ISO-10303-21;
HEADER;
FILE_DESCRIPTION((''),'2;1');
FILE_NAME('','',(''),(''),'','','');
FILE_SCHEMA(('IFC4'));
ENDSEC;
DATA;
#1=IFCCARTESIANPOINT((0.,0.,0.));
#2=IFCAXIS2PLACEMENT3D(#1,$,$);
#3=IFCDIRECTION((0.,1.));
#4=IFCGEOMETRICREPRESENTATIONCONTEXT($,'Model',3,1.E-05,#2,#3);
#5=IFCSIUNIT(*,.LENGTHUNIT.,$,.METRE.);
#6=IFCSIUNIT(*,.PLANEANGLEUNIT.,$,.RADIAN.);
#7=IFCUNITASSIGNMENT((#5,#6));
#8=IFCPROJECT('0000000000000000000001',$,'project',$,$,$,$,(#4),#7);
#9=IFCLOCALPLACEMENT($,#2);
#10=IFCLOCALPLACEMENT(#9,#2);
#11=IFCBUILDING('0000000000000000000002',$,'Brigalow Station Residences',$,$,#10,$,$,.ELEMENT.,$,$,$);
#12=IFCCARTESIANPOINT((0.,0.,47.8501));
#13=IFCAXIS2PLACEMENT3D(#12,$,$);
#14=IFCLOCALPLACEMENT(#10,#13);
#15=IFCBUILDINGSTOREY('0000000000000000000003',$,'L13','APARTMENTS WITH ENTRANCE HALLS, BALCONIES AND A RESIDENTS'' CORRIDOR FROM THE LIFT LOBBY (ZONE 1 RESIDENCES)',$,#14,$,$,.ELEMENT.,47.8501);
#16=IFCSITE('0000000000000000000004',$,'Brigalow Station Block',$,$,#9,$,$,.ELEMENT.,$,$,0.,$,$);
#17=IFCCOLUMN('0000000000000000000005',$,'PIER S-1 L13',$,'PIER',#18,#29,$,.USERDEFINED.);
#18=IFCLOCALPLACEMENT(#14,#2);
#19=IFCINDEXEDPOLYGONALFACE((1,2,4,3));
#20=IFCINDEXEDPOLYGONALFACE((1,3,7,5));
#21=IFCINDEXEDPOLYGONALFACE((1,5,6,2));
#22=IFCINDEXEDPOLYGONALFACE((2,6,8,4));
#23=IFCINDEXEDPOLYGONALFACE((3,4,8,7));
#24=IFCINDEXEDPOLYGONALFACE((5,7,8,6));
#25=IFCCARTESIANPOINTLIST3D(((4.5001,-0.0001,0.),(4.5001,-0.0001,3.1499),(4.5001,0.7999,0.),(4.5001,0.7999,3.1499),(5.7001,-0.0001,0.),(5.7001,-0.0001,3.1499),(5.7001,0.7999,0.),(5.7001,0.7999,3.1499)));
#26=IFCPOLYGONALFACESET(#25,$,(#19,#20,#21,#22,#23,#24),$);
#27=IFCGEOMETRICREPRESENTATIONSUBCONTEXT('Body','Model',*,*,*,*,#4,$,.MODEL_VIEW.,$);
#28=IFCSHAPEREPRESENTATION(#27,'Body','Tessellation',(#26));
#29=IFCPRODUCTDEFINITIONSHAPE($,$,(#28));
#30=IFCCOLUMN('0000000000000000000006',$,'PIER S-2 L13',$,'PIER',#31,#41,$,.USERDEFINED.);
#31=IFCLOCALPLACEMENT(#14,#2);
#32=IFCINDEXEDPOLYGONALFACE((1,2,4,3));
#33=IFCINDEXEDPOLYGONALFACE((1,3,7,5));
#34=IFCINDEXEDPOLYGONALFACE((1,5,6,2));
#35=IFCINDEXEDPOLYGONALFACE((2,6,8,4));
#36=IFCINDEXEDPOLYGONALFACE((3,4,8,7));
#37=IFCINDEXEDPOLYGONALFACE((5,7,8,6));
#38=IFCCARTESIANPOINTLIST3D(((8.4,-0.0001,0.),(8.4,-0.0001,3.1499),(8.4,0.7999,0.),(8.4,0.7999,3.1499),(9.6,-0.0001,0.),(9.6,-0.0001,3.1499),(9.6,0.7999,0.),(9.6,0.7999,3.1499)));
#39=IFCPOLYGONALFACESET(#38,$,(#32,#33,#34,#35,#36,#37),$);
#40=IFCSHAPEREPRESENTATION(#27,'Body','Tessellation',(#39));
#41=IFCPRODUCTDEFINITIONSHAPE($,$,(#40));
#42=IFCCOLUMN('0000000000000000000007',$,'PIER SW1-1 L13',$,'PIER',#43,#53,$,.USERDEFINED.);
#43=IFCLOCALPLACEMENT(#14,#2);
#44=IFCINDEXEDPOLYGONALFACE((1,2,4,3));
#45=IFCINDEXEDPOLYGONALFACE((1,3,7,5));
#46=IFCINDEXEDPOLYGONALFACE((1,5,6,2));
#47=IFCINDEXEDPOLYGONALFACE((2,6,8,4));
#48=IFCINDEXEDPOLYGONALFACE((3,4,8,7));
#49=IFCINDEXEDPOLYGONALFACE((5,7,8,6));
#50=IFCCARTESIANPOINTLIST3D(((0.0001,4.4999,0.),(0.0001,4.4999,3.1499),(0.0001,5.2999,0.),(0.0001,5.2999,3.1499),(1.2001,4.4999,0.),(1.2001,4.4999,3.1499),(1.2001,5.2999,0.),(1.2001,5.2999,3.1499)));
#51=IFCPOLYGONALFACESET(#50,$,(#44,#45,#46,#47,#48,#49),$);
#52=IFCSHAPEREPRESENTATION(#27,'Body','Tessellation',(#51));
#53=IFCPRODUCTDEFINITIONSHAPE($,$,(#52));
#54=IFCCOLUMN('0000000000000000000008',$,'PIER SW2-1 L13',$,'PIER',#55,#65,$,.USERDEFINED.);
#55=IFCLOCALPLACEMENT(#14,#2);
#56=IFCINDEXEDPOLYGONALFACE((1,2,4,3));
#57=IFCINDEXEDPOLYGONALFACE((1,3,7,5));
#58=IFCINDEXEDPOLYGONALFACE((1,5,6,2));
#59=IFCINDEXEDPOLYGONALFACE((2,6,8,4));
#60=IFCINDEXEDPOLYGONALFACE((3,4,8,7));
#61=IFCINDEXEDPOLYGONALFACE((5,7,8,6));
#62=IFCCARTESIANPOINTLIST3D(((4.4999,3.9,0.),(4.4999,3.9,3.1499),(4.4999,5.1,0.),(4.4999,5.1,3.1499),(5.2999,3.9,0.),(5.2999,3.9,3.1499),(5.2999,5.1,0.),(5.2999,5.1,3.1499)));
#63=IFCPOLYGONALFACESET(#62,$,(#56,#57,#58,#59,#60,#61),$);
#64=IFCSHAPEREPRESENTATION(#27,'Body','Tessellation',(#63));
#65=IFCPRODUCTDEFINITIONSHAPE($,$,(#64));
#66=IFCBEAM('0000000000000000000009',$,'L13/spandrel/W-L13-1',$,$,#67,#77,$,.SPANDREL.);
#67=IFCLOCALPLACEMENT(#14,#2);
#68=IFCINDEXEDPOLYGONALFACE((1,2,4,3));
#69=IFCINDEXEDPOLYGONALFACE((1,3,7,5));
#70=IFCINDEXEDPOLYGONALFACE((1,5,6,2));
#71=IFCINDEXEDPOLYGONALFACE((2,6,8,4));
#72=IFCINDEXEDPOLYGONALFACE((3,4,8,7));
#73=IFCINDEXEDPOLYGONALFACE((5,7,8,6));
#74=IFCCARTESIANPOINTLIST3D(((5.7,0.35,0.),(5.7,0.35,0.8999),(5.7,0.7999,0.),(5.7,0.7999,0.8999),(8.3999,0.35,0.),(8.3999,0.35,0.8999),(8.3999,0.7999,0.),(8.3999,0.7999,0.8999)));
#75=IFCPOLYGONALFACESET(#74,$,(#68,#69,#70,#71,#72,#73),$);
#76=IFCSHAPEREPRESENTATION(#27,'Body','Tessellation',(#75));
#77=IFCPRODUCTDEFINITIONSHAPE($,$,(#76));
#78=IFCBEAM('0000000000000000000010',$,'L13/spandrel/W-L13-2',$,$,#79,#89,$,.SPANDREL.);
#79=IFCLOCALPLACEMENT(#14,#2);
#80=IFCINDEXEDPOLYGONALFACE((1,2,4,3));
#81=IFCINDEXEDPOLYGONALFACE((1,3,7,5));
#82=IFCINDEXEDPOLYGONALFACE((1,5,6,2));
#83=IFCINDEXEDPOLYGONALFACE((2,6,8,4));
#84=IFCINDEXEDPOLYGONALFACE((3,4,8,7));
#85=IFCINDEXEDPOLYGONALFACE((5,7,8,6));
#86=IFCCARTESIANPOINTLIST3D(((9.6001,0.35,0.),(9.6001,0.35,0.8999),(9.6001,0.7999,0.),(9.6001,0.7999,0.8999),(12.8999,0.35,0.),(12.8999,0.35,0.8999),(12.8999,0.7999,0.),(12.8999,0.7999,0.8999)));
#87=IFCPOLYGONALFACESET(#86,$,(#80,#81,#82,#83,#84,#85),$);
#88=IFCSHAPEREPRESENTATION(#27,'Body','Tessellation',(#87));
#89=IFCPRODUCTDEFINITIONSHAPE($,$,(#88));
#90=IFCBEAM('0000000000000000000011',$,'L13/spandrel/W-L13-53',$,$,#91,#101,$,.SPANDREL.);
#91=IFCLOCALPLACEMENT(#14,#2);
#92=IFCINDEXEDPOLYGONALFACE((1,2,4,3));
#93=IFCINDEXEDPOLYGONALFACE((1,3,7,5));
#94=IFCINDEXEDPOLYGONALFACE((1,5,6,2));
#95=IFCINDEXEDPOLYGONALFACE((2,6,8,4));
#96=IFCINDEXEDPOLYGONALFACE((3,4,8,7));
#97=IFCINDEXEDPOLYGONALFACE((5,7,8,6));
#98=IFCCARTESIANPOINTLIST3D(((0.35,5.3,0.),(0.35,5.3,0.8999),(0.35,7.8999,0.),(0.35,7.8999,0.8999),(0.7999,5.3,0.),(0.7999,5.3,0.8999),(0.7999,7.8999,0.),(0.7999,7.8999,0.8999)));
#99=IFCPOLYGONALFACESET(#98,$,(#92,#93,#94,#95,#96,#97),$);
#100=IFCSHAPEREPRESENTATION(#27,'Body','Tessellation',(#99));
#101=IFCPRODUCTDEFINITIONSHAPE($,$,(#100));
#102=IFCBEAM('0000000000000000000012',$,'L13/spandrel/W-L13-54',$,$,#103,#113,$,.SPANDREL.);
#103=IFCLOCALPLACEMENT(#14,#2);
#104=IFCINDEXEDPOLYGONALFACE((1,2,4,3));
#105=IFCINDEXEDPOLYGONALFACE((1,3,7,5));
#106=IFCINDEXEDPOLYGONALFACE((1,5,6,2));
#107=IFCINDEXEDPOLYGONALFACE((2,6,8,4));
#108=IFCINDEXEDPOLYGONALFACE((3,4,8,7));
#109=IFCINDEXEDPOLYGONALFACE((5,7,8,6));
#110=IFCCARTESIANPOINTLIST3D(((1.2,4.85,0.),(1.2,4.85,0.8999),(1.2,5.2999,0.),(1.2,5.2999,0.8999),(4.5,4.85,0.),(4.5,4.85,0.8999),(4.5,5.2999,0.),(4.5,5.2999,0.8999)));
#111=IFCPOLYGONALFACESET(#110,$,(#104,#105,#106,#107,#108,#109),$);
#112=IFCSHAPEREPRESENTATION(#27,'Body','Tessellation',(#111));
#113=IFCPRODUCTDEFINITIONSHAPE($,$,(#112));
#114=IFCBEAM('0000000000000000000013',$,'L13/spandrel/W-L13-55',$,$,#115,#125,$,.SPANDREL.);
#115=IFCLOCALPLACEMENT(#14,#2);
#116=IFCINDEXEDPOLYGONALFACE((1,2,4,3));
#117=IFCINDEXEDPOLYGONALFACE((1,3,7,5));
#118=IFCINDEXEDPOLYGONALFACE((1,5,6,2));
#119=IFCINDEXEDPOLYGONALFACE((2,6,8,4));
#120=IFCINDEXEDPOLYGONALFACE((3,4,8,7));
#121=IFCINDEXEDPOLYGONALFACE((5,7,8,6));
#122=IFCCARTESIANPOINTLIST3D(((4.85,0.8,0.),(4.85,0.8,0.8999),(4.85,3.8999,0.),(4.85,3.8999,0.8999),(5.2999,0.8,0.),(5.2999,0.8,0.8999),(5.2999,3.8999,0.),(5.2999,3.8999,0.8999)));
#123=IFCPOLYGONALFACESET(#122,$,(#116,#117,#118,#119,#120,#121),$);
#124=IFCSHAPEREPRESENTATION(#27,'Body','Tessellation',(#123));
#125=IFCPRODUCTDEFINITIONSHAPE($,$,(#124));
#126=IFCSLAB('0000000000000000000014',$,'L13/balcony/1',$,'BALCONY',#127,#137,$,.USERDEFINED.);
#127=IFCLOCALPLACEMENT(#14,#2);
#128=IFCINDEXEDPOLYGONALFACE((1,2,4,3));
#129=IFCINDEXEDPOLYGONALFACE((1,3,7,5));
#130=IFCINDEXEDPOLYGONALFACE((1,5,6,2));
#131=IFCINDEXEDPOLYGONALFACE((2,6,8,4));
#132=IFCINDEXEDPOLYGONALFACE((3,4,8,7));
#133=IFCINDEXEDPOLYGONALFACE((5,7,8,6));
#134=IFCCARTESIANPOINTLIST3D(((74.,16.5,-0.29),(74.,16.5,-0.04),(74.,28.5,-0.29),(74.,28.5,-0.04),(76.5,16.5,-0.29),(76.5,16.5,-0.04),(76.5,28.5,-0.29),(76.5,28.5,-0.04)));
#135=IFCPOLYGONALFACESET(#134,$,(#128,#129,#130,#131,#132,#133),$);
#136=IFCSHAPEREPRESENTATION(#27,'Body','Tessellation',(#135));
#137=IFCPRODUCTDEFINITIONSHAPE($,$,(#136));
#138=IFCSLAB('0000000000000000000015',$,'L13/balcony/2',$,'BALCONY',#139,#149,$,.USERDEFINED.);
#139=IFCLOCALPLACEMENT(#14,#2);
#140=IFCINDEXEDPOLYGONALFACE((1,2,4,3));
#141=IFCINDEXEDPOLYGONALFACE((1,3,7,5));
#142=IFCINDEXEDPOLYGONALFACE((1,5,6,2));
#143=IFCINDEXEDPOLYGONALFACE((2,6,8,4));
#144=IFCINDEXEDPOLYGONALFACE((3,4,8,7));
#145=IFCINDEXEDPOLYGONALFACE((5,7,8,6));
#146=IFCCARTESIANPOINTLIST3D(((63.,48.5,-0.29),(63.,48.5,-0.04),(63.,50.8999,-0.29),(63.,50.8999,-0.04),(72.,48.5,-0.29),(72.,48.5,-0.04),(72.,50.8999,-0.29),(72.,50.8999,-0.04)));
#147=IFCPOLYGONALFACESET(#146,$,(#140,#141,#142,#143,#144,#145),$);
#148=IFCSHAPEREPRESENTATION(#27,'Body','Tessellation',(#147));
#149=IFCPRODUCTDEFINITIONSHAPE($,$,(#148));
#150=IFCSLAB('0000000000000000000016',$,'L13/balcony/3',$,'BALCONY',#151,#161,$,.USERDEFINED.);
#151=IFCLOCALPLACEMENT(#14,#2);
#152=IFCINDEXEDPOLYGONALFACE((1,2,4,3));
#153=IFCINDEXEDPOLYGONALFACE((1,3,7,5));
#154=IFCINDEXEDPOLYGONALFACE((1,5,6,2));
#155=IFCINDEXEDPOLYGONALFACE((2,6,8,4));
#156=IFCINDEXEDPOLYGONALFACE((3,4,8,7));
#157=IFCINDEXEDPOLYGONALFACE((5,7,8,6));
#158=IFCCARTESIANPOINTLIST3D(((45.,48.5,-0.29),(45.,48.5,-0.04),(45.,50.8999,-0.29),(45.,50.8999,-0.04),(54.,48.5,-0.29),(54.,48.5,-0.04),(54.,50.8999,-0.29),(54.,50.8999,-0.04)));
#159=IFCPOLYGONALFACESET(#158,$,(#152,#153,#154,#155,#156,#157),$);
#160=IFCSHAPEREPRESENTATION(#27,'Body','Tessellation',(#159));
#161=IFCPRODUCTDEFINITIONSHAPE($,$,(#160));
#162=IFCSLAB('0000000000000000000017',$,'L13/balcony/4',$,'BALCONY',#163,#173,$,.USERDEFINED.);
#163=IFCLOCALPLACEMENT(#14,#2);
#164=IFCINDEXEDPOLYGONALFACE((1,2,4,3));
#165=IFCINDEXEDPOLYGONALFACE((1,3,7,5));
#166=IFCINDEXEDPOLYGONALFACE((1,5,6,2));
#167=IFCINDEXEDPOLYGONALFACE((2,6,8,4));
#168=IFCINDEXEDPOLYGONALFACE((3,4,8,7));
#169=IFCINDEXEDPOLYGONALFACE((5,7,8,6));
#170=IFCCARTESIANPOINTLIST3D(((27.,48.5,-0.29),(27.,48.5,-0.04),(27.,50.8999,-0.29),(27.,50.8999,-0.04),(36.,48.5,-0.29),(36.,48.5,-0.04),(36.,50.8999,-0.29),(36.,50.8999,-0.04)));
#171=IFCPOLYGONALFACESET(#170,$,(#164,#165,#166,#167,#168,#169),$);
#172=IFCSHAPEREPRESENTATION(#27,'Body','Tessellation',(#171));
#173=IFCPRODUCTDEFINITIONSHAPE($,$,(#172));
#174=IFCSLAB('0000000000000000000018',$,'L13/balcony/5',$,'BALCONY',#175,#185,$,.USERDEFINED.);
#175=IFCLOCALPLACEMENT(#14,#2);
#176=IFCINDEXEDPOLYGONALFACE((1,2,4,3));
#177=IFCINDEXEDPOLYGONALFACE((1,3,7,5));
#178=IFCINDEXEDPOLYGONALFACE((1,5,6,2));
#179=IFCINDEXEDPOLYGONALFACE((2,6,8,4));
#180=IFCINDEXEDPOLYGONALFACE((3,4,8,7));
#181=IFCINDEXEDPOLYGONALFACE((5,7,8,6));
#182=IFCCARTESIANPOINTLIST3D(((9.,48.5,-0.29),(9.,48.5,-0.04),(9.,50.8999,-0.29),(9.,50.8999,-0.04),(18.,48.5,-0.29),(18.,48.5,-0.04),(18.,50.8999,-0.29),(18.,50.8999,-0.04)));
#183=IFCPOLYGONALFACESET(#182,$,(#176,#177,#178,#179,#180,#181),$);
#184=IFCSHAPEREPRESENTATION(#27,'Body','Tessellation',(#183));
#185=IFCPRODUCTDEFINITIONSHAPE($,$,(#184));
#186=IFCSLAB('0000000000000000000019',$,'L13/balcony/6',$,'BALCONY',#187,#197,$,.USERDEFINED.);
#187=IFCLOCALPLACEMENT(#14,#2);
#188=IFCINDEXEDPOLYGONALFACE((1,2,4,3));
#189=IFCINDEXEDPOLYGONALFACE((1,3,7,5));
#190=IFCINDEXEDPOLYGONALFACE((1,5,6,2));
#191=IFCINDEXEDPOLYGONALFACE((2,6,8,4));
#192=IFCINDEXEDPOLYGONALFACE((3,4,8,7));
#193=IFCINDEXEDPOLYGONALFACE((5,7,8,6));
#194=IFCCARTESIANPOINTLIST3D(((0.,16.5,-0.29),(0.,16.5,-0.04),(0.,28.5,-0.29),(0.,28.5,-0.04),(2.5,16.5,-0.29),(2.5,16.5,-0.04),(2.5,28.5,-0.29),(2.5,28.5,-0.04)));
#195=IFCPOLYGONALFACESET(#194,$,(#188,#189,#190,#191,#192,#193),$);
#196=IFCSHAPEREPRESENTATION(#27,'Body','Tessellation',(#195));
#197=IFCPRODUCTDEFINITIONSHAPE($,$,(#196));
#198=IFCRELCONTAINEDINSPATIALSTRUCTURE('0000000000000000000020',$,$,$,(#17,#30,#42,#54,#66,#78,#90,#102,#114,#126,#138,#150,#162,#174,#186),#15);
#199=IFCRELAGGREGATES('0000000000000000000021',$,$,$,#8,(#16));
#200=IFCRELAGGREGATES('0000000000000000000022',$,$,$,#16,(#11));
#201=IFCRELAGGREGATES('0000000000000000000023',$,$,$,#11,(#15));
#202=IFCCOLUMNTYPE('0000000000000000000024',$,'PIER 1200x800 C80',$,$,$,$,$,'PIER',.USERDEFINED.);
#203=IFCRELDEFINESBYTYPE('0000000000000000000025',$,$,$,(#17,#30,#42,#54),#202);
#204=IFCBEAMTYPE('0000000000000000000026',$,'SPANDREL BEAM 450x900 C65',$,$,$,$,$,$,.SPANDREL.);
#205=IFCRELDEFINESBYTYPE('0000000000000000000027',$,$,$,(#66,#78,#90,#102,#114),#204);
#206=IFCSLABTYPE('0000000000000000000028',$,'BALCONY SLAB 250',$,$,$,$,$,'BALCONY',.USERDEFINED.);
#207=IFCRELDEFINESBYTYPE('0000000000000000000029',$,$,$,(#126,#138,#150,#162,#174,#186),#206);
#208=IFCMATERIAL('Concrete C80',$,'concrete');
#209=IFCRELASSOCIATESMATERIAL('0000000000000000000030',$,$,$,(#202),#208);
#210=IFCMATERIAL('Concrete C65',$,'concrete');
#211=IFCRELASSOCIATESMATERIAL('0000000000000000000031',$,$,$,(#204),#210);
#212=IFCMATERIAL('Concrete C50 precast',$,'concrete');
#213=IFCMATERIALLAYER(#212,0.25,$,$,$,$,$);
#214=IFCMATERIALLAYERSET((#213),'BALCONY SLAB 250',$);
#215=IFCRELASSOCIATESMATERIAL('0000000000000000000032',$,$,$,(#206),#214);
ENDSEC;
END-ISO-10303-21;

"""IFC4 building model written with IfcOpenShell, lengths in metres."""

from ifc_helpers import new_model, si_unit, direction, frame, origin, origin_2d, place, context, subcontext, project, spatial, polyline, rectangle, outline, extrude, material, layer, layer_set, material_profile, profile_set, type_object, element, save


model = new_model("IFC4")

# Units and contexts
model_context = context("Model", 3, precision=1e-05, world=origin(), true_north=direction((0.0, 1.0)))
body_context = subcontext(model_context, "Body", "Model", "MODEL_VIEW")
ifc_project = project(units=[si_unit("LENGTHUNIT", "METRE"), si_unit("PLANEANGLEUNIT", "RADIAN")], contexts=[model_context])

# Site, building, storey
site_placement = place(None, origin())
site = spatial("IfcSite", under=ifc_project, at=site_placement, Name="Brigalow Station Block", CompositionType="ELEMENT", RefElevation=0.0)
building_placement = place(site_placement, origin())
building = spatial("IfcBuilding", under=site, at=building_placement, Name="Brigalow Station Residences", CompositionType="ELEMENT")
storey_placement = place(building_placement, frame((0.0, 0.0, 47.8501)))
storey = spatial("IfcBuildingStorey", under=building, at=storey_placement, Name="L13", Description="APARTMENTS WITH ENTRANCE HALLS, BALCONIES AND A RESIDENTS' CORRIDOR FROM THE LIFT LOBBY (ZONE 1 RESIDENCES)", CompositionType="ELEMENT", Elevation=47.8501)

# Columns
ifc_material_1 = material(Name="Concrete C80", Category="concrete")
ifc_material_profile_1 = material_profile(ifc_material_1, rectangle(XDim=1.2, YDim=0.8, at=origin_2d()), Name="RC1200x800")
ifc_profile_set_1 = profile_set([ifc_material_profile_1], Name="Concrete C80")
column_type = type_object("IfcColumnType", Name="PIER 1200x800 C80", ElementType="PIER", PredefinedType="USERDEFINED", material=ifc_profile_set_1)
for number, where, z_axis, x_axis, name in (
    (1, (5.1001, 0.3999, 0.0), (0.0, 0.0, 1.0), (1.0, 0.0, 0.0), "PIER S-1 L13"),
    (2, (9.0, 0.3999, 0.0), (0.0, 0.0, 1.0), (1.0, 0.0, 0.0), "PIER S-2 L13"),
    (3, (0.6001, 4.8999, 0.0), (0.0, 0.0, 1.0), (1.0, 0.0, 0.0), "PIER SW1-1 L13"),
    (4, (4.8999, 4.5, 0.0), (0.0, 0.0, 1.0), (0.0, -1.0, 0.0), "PIER SW2-1 L13"),
):
    element("IfcColumn", number, at=place(storey_placement, frame(where, z_axis=z_axis, x_axis=x_axis)), inside=storey, type_object=column_type, Name=name, ObjectType="PIER", PredefinedType="USERDEFINED", context=body_context, shape_type="SweptSolid", body=[
        extrude(rectangle(XDim=1.2, YDim=0.8, at=origin_2d()), origin(), (0.0, 0.0, 1.0), 3.1499),
    ])

# Beams
ifc_material_2 = material(Name="Concrete C65", Category="concrete")
ifc_material_profile_2 = material_profile(ifc_material_2, rectangle(XDim=0.45, YDim=0.8999, at=origin_2d()), Name="RC450x900")
ifc_profile_set_2 = profile_set([ifc_material_profile_2], Name="Concrete C65")
beam_type = type_object("IfcBeamType", Name="SPANDREL BEAM 450x900 C65", PredefinedType="SPANDREL", material=ifc_profile_set_2)
beam_1_placement = place(storey_placement, frame((5.7, 0.575, 0.45), z_axis=(1.0, 0.0, 0.0), x_axis=(0.0, 1.0, 0.0)))
element("IfcBeam", 5, at=beam_1_placement, inside=storey, type_object=beam_type, Name="L13/spandrel/W-L13-1", PredefinedType="SPANDREL", context=body_context, shape_type="SweptSolid", body=[
    extrude(rectangle(XDim=0.45, YDim=0.8999, at=origin_2d()), origin(), (0.0, 0.0, 1.0), 2.7),
])
beam_2_placement = place(storey_placement, frame((9.6001, 0.575, 0.45), z_axis=(1.0, 0.0, 0.0), x_axis=(0.0, 1.0, 0.0)))
element("IfcBeam", 6, at=beam_2_placement, inside=storey, type_object=beam_type, Name="L13/spandrel/W-L13-2", PredefinedType="SPANDREL", context=body_context, shape_type="SweptSolid", body=[
    extrude(rectangle(XDim=0.45, YDim=0.8999, at=origin_2d()), origin(), (0.0, 0.0, 1.0), 3.2998),
])
beam_3_placement = place(storey_placement, frame((0.575, 7.8999, 0.45), z_axis=(0.0, -1.0, 0.0), x_axis=(1.0, 0.0, 0.0)))
element("IfcBeam", 7, at=beam_3_placement, inside=storey, type_object=beam_type, Name="L13/spandrel/W-L13-53", PredefinedType="SPANDREL", context=body_context, shape_type="SweptSolid", body=[
    extrude(rectangle(XDim=0.45, YDim=0.8999, at=origin_2d()), origin(), (0.0, 0.0, 1.0), 2.5999),
])
beam_4_placement = place(storey_placement, frame((1.2, 5.075, 0.45), z_axis=(1.0, 0.0, 0.0), x_axis=(0.0, 1.0, 0.0)))
element("IfcBeam", 8, at=beam_4_placement, inside=storey, type_object=beam_type, Name="L13/spandrel/W-L13-54", PredefinedType="SPANDREL", context=body_context, shape_type="SweptSolid", body=[
    extrude(rectangle(XDim=0.45, YDim=0.8999, at=origin_2d()), origin(), (0.0, 0.0, 1.0), 3.3),
])
beam_5_placement = place(storey_placement, frame((5.075, 3.8999, 0.45), z_axis=(0.0, -1.0, 0.0), x_axis=(1.0, 0.0, 0.0)))
element("IfcBeam", 9, at=beam_5_placement, inside=storey, type_object=beam_type, Name="L13/spandrel/W-L13-55", PredefinedType="SPANDREL", context=body_context, shape_type="SweptSolid", body=[
    extrude(rectangle(XDim=0.45, YDim=0.8999, at=origin_2d()), origin(), (0.0, 0.0, 1.0), 3.0999),
])

# Slabs
ifc_material_3 = material(Name="Concrete C50 precast", Category="concrete")
ifc_layer_1 = layer(ifc_material_3, 0.25)
ifc_layer_set_1 = layer_set([ifc_layer_1], Name="BALCONY SLAB 250")
slab_type_1 = type_object("IfcSlabType", Name="BALCONY SLAB 250", ElementType="BALCONY", PredefinedType="USERDEFINED", material=ifc_layer_set_1)
slab_1_placement = place(storey_placement, frame((0.0, 0.0, -0.29)))
element("IfcSlab", 10, at=slab_1_placement, inside=storey, type_object=slab_type_1, Name="L13/balcony/1", ObjectType="BALCONY", PredefinedType="USERDEFINED", context=body_context, shape_type="SweptSolid", body=[
    extrude(outline(polyline([(74.0, 16.5), (76.5, 16.5), (76.5, 28.5), (74.0, 28.5), (74.0, 16.5)])), origin(), (0.0, 0.0, 1.0), 0.25),
])
slab_2_placement = place(storey_placement, frame((0.0, 0.0, -0.29)))
element("IfcSlab", 11, at=slab_2_placement, inside=storey, type_object=slab_type_1, Name="L13/balcony/2", ObjectType="BALCONY", PredefinedType="USERDEFINED", context=body_context, shape_type="SweptSolid", body=[
    extrude(outline(polyline([(72.0, 48.5), (72.0, 50.8999), (63.0, 50.8999), (63.0, 48.5), (72.0, 48.5)])), origin(), (0.0, 0.0, 1.0), 0.25),
])
slab_3_placement = place(storey_placement, frame((0.0, 0.0, -0.29)))
element("IfcSlab", 12, at=slab_3_placement, inside=storey, type_object=slab_type_1, Name="L13/balcony/3", ObjectType="BALCONY", PredefinedType="USERDEFINED", context=body_context, shape_type="SweptSolid", body=[
    extrude(outline(polyline([(54.0, 48.5), (54.0, 50.8999), (45.0, 50.8999), (45.0, 48.5), (54.0, 48.5)])), origin(), (0.0, 0.0, 1.0), 0.25),
])
slab_4_placement = place(storey_placement, frame((0.0, 0.0, -0.29)))
element("IfcSlab", 13, at=slab_4_placement, inside=storey, type_object=slab_type_1, Name="L13/balcony/4", ObjectType="BALCONY", PredefinedType="USERDEFINED", context=body_context, shape_type="SweptSolid", body=[
    extrude(outline(polyline([(36.0, 48.5), (36.0, 50.8999), (27.0, 50.8999), (27.0, 48.5), (36.0, 48.5)])), origin(), (0.0, 0.0, 1.0), 0.25),
])
slab_5_placement = place(storey_placement, frame((0.0, 0.0, -0.29)))
element("IfcSlab", 14, at=slab_5_placement, inside=storey, type_object=slab_type_1, Name="L13/balcony/5", ObjectType="BALCONY", PredefinedType="USERDEFINED", context=body_context, shape_type="SweptSolid", body=[
    extrude(outline(polyline([(18.0, 48.5), (18.0, 50.8999), (9.0, 50.8999), (9.0, 48.5), (18.0, 48.5)])), origin(), (0.0, 0.0, 1.0), 0.25),
])
slab_6_placement = place(storey_placement, frame((0.0, 0.0, -0.29)))
element("IfcSlab", 15, at=slab_6_placement, inside=storey, type_object=slab_type_1, Name="L13/balcony/6", ObjectType="BALCONY", PredefinedType="USERDEFINED", context=body_context, shape_type="SweptSolid", body=[
    extrude(outline(polyline([(2.5, 28.5), (0.0, 28.5), (0.0, 16.5), (2.5, 16.5), (2.5, 28.5)])), origin(), (0.0, 0.0, 1.0), 0.25),
])

save(model, "model.ifc")
